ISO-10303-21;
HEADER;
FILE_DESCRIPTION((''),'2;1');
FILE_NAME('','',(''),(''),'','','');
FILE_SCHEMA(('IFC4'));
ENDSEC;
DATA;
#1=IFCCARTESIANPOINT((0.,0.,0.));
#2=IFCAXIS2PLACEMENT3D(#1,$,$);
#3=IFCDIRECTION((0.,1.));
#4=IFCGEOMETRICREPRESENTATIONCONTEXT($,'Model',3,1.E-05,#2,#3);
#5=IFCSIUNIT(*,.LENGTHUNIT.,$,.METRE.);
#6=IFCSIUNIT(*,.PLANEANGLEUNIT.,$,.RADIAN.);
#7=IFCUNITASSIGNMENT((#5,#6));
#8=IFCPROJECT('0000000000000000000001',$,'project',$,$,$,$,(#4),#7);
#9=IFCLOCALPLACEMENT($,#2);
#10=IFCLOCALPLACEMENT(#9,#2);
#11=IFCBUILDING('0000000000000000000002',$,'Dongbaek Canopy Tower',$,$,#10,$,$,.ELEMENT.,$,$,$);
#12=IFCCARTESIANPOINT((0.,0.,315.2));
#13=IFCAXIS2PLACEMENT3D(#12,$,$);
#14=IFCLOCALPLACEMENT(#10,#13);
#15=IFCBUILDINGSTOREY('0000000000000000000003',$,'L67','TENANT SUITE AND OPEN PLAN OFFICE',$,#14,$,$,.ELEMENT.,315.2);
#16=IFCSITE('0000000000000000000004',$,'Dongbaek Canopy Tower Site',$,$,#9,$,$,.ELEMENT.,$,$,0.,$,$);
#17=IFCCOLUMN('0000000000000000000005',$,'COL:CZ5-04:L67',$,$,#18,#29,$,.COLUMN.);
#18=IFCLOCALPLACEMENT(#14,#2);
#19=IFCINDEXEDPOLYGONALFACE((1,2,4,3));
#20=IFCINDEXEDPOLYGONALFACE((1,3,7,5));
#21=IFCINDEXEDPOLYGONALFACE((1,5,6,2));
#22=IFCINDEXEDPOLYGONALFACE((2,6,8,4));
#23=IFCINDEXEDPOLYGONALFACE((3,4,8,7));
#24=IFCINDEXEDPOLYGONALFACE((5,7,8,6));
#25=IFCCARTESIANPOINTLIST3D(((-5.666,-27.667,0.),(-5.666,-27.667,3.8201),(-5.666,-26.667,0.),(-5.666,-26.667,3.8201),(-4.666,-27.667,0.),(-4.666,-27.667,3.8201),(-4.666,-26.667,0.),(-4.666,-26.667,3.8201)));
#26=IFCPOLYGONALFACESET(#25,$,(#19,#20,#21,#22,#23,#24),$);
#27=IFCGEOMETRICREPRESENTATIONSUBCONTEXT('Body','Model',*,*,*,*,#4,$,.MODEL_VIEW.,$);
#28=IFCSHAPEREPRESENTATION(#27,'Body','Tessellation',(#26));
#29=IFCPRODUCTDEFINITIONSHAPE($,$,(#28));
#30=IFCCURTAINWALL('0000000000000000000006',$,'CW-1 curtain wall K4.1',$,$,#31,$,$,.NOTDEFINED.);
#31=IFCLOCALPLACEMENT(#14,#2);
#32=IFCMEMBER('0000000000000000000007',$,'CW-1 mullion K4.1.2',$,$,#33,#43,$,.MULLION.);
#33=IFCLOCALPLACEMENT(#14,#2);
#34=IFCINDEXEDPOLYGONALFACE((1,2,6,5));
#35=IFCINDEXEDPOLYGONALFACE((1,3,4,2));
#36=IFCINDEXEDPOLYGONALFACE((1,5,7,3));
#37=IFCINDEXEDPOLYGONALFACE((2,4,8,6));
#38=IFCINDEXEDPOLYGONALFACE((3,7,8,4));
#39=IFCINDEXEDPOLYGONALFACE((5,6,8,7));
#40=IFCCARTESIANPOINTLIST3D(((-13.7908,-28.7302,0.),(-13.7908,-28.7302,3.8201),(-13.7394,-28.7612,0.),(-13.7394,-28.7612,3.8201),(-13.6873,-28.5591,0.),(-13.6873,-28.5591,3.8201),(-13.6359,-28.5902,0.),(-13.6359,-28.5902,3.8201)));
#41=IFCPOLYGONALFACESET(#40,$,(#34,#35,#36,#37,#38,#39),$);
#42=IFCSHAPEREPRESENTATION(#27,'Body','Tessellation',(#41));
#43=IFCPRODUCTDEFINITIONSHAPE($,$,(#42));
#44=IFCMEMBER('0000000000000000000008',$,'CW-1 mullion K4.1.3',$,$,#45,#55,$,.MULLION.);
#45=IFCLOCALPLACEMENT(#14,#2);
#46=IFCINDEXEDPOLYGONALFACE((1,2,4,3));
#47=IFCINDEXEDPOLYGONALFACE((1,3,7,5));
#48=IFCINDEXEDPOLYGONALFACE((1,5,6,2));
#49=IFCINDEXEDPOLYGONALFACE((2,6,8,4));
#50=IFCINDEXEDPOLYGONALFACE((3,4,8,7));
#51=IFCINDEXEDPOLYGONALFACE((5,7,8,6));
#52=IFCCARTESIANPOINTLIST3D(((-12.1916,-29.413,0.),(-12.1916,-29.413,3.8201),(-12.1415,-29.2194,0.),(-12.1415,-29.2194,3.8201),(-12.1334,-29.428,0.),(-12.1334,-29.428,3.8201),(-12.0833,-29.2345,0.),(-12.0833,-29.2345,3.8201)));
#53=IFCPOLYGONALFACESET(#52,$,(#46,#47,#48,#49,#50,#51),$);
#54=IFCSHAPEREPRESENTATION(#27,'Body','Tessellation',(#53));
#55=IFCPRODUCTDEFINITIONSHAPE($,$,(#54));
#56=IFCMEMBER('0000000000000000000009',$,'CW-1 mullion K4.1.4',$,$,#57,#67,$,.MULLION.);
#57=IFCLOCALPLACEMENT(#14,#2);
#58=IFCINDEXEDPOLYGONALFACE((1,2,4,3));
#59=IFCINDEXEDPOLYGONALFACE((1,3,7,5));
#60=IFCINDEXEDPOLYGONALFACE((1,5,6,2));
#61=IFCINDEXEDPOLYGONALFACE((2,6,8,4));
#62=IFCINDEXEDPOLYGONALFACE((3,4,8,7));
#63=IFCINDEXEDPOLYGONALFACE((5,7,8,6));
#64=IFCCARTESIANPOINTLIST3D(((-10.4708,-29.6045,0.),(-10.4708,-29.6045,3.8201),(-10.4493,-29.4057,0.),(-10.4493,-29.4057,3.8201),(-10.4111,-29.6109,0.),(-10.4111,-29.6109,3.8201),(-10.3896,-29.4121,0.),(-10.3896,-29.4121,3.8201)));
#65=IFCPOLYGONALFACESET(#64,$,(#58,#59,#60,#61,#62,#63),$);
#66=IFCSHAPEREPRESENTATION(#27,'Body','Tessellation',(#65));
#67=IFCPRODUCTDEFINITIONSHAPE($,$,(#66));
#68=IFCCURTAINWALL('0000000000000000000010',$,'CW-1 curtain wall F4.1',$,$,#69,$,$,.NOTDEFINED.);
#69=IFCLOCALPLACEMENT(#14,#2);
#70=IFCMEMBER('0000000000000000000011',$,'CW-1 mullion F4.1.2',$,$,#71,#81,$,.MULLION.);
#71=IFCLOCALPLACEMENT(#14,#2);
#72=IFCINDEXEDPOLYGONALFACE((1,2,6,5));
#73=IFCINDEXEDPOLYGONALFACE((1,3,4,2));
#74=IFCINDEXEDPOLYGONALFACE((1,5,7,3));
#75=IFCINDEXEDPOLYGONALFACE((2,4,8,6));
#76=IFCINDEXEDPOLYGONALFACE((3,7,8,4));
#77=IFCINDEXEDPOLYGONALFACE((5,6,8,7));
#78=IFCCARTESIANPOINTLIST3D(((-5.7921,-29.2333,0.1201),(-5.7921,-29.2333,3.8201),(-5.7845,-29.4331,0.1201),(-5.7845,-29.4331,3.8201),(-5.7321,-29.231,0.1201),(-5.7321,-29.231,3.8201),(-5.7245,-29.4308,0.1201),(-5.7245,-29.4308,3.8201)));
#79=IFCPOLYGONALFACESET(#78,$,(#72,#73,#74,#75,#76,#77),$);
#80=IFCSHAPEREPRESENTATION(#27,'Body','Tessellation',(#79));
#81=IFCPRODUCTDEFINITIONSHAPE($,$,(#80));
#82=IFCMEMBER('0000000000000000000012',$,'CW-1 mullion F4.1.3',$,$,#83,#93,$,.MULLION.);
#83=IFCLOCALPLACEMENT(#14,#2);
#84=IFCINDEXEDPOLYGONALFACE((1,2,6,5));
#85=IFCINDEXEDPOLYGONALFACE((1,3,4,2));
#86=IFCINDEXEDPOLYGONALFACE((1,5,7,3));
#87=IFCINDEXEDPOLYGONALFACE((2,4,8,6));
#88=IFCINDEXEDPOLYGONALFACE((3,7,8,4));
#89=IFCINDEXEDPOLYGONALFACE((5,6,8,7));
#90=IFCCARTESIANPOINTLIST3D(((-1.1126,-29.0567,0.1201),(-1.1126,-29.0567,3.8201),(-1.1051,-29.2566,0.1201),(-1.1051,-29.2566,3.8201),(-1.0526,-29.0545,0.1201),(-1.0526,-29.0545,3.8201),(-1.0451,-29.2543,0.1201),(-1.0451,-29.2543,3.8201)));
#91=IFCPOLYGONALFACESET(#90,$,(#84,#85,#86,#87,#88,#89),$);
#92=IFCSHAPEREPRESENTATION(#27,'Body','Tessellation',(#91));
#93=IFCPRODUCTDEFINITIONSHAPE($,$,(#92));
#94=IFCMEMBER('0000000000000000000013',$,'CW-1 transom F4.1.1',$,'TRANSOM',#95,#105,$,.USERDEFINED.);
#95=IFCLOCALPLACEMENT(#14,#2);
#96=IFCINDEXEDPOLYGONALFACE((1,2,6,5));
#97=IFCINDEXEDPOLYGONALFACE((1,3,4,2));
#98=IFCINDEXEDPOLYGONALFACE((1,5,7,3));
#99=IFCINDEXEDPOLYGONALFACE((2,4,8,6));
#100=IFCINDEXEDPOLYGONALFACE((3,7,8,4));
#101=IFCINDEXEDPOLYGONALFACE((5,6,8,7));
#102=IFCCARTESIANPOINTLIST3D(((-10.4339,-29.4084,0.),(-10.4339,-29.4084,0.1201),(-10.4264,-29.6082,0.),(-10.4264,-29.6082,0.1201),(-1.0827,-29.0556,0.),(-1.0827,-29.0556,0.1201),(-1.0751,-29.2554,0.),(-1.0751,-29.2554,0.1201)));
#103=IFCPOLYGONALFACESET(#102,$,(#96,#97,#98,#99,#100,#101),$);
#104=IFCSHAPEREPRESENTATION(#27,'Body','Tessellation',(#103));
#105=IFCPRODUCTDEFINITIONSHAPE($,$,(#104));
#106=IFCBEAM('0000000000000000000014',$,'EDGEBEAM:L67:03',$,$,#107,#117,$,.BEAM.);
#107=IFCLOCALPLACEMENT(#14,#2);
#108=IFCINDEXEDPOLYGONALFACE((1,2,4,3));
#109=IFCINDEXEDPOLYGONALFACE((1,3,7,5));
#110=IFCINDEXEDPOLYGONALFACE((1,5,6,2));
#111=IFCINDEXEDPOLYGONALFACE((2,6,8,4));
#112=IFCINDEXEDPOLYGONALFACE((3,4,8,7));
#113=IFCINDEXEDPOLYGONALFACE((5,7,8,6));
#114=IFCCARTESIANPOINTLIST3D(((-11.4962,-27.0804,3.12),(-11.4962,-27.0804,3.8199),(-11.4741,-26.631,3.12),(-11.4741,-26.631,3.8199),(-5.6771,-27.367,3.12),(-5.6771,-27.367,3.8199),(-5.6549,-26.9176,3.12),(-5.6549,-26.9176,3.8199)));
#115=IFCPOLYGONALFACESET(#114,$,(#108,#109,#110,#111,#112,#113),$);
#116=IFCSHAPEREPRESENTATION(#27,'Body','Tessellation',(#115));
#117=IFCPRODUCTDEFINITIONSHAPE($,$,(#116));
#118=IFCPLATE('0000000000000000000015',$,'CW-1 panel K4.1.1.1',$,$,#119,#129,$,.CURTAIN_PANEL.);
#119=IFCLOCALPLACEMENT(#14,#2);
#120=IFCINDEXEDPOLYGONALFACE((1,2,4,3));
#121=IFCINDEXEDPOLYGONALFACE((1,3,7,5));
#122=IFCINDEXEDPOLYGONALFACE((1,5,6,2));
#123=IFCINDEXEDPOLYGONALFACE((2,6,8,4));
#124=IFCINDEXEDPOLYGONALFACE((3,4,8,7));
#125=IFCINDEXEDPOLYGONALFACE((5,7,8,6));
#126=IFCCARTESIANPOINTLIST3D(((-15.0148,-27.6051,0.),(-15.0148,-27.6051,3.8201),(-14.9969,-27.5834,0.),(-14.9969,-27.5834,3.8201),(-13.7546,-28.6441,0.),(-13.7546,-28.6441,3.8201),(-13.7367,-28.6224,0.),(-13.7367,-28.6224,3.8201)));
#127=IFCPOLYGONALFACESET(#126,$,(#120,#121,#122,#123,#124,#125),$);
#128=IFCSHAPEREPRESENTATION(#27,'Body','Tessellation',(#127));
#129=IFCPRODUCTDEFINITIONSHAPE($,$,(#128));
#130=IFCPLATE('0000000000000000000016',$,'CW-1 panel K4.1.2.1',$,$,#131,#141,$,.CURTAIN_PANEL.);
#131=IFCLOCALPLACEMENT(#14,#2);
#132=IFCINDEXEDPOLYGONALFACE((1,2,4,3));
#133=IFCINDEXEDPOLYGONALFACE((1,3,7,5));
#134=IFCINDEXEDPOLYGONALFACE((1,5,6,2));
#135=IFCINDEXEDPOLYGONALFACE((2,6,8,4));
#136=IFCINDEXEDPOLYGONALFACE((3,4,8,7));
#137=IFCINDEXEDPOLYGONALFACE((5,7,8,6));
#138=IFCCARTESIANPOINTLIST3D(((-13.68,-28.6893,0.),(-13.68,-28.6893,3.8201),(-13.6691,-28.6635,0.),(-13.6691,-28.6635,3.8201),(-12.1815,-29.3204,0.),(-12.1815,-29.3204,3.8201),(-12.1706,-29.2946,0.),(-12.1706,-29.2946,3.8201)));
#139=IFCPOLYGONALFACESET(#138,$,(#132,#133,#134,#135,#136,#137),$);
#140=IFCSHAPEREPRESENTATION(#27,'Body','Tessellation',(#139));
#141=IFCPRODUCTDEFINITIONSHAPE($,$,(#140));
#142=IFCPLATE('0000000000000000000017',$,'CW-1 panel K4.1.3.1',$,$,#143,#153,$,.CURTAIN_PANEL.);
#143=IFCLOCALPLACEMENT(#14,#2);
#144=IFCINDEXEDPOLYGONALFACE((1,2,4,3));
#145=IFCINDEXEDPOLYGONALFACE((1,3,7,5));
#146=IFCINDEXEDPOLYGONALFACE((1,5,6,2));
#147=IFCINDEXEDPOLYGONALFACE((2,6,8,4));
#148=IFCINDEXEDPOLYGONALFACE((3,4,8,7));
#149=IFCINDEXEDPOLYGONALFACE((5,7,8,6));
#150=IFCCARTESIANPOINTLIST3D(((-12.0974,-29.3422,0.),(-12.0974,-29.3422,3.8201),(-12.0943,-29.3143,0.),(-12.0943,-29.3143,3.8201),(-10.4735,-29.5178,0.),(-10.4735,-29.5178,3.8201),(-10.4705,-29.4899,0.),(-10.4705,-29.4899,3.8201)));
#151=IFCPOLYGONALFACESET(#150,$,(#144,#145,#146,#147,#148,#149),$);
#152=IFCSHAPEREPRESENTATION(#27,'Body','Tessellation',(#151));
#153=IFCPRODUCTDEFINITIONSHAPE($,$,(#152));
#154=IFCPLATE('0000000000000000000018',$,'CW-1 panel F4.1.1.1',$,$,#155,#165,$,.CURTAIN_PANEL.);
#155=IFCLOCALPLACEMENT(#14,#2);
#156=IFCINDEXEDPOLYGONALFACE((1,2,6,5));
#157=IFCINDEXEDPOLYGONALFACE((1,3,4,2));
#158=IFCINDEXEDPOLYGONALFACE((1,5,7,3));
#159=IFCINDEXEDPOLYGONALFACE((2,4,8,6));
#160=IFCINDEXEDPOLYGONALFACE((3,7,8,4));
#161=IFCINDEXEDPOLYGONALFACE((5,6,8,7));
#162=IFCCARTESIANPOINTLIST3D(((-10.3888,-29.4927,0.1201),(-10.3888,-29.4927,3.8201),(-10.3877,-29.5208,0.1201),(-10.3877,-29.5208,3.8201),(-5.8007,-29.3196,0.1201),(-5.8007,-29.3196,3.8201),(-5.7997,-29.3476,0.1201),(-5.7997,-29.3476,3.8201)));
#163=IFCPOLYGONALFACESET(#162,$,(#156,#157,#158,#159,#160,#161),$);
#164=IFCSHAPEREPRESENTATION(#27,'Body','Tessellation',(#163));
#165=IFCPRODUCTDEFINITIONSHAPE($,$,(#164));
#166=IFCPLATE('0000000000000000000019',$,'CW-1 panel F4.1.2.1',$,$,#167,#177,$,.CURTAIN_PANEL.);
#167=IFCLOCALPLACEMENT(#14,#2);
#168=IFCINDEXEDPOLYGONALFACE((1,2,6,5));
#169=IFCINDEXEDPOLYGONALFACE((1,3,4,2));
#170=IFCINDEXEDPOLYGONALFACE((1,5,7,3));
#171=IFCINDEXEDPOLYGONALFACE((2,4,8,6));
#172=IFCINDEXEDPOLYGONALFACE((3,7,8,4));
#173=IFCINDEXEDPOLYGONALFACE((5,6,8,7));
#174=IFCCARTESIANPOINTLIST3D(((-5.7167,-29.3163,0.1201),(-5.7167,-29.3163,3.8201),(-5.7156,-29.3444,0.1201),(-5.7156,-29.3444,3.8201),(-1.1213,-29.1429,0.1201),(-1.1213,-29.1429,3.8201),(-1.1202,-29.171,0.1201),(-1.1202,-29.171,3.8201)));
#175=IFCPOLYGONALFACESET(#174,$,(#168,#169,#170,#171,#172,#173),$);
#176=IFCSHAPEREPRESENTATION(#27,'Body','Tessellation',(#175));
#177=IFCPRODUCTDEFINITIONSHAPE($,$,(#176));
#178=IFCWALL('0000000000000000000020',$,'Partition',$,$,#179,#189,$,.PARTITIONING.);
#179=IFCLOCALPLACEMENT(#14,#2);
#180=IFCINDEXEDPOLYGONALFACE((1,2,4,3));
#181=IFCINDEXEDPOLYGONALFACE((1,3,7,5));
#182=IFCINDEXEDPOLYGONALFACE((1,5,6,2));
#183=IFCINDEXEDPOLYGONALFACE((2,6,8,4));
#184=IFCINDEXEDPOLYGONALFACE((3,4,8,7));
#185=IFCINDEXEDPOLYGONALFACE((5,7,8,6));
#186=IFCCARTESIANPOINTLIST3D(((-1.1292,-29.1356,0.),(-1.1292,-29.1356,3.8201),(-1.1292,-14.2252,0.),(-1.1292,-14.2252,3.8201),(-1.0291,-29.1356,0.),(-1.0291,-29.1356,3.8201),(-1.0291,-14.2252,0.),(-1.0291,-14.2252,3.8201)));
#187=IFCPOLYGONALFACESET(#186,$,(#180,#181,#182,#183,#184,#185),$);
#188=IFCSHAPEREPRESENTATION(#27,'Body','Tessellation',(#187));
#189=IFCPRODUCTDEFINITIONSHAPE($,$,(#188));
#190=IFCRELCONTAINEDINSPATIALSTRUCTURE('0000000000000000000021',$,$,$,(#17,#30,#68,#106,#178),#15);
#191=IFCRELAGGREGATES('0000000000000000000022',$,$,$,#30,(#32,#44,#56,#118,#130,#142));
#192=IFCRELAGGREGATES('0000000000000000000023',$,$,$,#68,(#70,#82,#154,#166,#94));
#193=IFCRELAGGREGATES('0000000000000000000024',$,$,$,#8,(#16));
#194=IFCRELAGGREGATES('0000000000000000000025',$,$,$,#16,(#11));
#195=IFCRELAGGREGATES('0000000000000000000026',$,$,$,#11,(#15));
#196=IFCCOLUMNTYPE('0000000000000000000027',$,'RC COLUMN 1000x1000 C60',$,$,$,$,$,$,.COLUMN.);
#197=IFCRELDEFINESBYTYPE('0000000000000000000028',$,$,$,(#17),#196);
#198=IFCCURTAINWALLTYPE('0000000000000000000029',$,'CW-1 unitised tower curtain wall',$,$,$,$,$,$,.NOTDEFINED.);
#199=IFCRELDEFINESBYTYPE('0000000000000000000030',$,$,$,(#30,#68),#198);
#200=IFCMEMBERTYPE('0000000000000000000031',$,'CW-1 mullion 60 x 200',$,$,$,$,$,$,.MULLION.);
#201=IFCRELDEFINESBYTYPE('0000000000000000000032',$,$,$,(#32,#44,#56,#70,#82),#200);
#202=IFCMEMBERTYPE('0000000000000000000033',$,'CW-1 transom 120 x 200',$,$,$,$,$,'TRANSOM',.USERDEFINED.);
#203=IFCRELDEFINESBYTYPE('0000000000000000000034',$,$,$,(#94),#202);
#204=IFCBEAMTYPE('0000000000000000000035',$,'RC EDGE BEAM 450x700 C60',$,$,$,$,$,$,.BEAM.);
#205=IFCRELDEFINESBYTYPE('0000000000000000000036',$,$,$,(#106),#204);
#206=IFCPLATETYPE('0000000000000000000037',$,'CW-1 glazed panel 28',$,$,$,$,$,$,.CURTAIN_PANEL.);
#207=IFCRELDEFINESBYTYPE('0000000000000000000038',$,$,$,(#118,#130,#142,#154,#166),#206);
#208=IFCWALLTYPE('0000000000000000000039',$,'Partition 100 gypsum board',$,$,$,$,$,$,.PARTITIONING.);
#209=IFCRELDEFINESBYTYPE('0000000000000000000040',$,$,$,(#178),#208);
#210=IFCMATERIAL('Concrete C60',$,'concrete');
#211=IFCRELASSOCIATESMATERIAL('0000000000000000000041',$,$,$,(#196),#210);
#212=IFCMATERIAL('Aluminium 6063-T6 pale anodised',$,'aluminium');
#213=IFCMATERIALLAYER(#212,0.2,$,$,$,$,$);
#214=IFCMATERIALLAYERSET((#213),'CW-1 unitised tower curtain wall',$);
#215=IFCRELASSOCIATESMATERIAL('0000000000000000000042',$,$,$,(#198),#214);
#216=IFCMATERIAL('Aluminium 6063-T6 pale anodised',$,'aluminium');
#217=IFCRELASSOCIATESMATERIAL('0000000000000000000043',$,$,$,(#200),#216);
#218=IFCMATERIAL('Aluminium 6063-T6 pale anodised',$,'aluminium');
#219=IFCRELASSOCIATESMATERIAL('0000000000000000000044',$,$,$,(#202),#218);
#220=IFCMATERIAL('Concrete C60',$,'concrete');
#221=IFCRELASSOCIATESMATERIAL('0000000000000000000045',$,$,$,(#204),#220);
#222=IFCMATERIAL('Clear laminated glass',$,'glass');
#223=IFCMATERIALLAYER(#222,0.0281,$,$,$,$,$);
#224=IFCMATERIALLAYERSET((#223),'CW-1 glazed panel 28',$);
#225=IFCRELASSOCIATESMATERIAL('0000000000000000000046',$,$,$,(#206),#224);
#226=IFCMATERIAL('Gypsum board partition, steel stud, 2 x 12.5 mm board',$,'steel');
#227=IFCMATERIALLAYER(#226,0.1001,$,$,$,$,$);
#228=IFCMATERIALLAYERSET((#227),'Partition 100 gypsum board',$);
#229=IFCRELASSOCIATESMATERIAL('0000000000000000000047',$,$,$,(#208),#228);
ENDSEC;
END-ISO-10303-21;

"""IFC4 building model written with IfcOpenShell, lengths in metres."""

from ifc_helpers import new_model, si_unit, direction, frame, frame_2d, origin, origin_2d, place, context, subcontext, project, spatial, rectangle, extrude, material, layer, layer_set, material_profile, profile_set, type_object, element, aggregate, save


model = new_model("IFC4")

# Units and contexts
model_context = context("Model", 3, precision=1e-05, world=origin(), true_north=direction((0.0, 1.0)))
body_context = subcontext(model_context, "Body", "Model", "MODEL_VIEW")
ifc_project = project(units=[si_unit("LENGTHUNIT", "METRE"), si_unit("PLANEANGLEUNIT", "RADIAN")], contexts=[model_context])

# Site, building, storey
site_placement = place(None, origin())
site = spatial("IfcSite", under=ifc_project, at=site_placement, Name="Dongbaek Canopy Tower Site", CompositionType="ELEMENT", RefElevation=0.0)
building_placement = place(site_placement, origin())
building = spatial("IfcBuilding", under=site, at=building_placement, Name="Dongbaek Canopy Tower", CompositionType="ELEMENT")
storey_placement = place(building_placement, frame((0.0, 0.0, 315.2)))
storey = spatial("IfcBuildingStorey", under=building, at=storey_placement, Name="L67", Description="TENANT SUITE AND OPEN PLAN OFFICE", CompositionType="ELEMENT", Elevation=315.2)

# Column
ifc_material_1 = material(Name="Concrete C60", Category="concrete")
ifc_material_profile_1 = material_profile(ifc_material_1, rectangle(XDim=1.0, YDim=1.0, at=origin_2d()), Name="RC COLUMN 1000x1000 C60")
ifc_profile_set_1 = profile_set([ifc_material_profile_1], Name="Concrete C60")
column_type = type_object("IfcColumnType", Name="RC COLUMN 1000x1000 C60", PredefinedType="COLUMN", material=ifc_profile_set_1)
column_placement = place(storey_placement, frame((-5.166, -27.167, 0.0), z_axis=(0.0, 0.0, 1.0), x_axis=(1.0, 0.0, 0.0)))
element("IfcColumn", 1, at=column_placement, inside=storey, type_object=column_type, Name="COL:CZ5-04:L67", PredefinedType="COLUMN", context=body_context, shape_type="SweptSolid", body=[
    extrude(rectangle(XDim=1.0, YDim=1.0, at=origin_2d()), origin(), (0.0, 0.0, 1.0), 3.8201),
])

# Curtain walls, members
ifc_material_2 = material(Name="Aluminium 6063-T6 pale anodised", Category="aluminium")
ifc_layer_1 = layer(ifc_material_2, 0.2)
ifc_layer_set_1 = layer_set([ifc_layer_1], Name="CW-1 unitised tower curtain wall")
curtain_wall_type = type_object("IfcCurtainWallType", Name="CW-1 unitised tower curtain wall", PredefinedType="NOTDEFINED", material=ifc_layer_set_1)
curtain_wall_1_placement = place(storey_placement, origin())
curtain_wall_1 = element("IfcCurtainWall", 2, at=curtain_wall_1_placement, inside=storey, type_object=curtain_wall_type, Name="CW-1 curtain wall K4.1", PredefinedType="NOTDEFINED")
ifc_material_3 = material(Name="Aluminium 6063-T6 pale anodised", Category="aluminium")
ifc_material_profile_2 = material_profile(ifc_material_3, rectangle(XDim=0.2, YDim=0.0601, at=origin_2d()), Name="CW-1 mullion 60 x 200")
ifc_profile_set_2 = profile_set([ifc_material_profile_2], Name="Aluminium 6063-T6 pale anodised")
member_type_1 = type_object("IfcMemberType", Name="CW-1 mullion 60 x 200", PredefinedType="MULLION", material=ifc_profile_set_2)
member_1_placement = place(storey_placement, frame((-13.7134, -28.6602, 0.0), z_axis=(0.0, 0.0, 1.0), x_axis=(-0.517606, -0.855619, 0.0)))
member_1 = element("IfcMember", 3, at=member_1_placement, type_object=member_type_1, Name="CW-1 mullion K4.1.2", PredefinedType="MULLION", context=body_context, shape_type="SweptSolid", body=[
    extrude(rectangle(XDim=0.2, YDim=0.0601, at=origin_2d()), origin(), (0.0, 0.0, 1.0), 3.8201),
])
member_2_placement = place(storey_placement, frame((-12.1375, -29.3237, 0.0), z_axis=(0.0, 0.0, 1.0), x_axis=(-0.250469, -0.968125, 0.0)))
member_2 = element("IfcMember", 4, at=member_2_placement, type_object=member_type_1, Name="CW-1 mullion K4.1.3", PredefinedType="MULLION", context=body_context, shape_type="SweptSolid", body=[
    extrude(rectangle(XDim=0.2, YDim=0.0601, at=origin_2d()), origin(), (0.0, 0.0, 1.0), 3.8201),
])
member_3_placement = place(storey_placement, frame((-10.4302, -29.5083, 0.0), z_axis=(0.0, 0.0, 1.0), x_axis=(-0.107514, -0.994204, 0.0)))
member_3 = element("IfcMember", 5, at=member_3_placement, type_object=member_type_1, Name="CW-1 mullion K4.1.4", PredefinedType="MULLION", context=body_context, shape_type="SweptSolid", body=[
    extrude(rectangle(XDim=0.2, YDim=0.0601, at=origin_2d()), origin(), (0.0, 0.0, 1.0), 3.8201),
])
curtain_wall_2_placement = place(storey_placement, origin())
curtain_wall_2 = element("IfcCurtainWall", 6, at=curtain_wall_2_placement, inside=storey, type_object=curtain_wall_type, Name="CW-1 curtain wall F4.1", PredefinedType="NOTDEFINED")
member_4_placement = place(storey_placement, frame((-5.7583, -29.332, 0.1201), z_axis=(0.0, 0.0, 1.0), x_axis=(0.037712, -0.999289, 0.0)))
member_4 = element("IfcMember", 7, at=member_4_placement, type_object=member_type_1, Name="CW-1 mullion F4.1.2", PredefinedType="MULLION", context=body_context, shape_type="SweptSolid", body=[
    extrude(rectangle(XDim=0.2, YDim=0.0601, at=origin_2d()), origin(), (0.0, 0.0, 1.0), 3.7),
])
member_5_placement = place(storey_placement, frame((-1.0789, -29.1555, 0.1201), z_axis=(0.0, 0.0, 1.0), x_axis=(0.037712, -0.999289, 0.0)))
member_5 = element("IfcMember", 8, at=member_5_placement, type_object=member_type_1, Name="CW-1 mullion F4.1.3", PredefinedType="MULLION", context=body_context, shape_type="SweptSolid", body=[
    extrude(rectangle(XDim=0.2, YDim=0.0601, at=origin_2d()), origin(), (0.0, 0.0, 1.0), 3.7),
])
ifc_material_4 = material(Name="Aluminium 6063-T6 pale anodised", Category="aluminium")
ifc_material_profile_3 = material_profile(ifc_material_4, rectangle(XDim=0.2, YDim=0.1201, at=origin_2d()), Name="CW-1 transom 120 x 200")
ifc_profile_set_3 = profile_set([ifc_material_profile_3], Name="Aluminium 6063-T6 pale anodised")
member_type_2 = type_object("IfcMemberType", Name="CW-1 transom 120 x 200", ElementType="TRANSOM", PredefinedType="USERDEFINED", material=ifc_profile_set_3)
member_6_placement = place(storey_placement, frame((-10.4302, -29.5083, 0.0601), z_axis=(0.999289, 0.037699, 0.0), x_axis=(-0.037699, 0.999289, 0.0)))
member_6 = element("IfcMember", 9, at=member_6_placement, type_object=member_type_2, Name="CW-1 transom F4.1.1", ObjectType="TRANSOM", PredefinedType="USERDEFINED", context=body_context, shape_type="SweptSolid", body=[
    extrude(rectangle(XDim=0.2, YDim=0.1201, at=origin_2d()), origin(), (0.0, 0.0, 1.0), 9.3579),
])

# Beam
ifc_material_5 = material(Name="Concrete C60", Category="concrete")
ifc_material_profile_4 = material_profile(ifc_material_5, rectangle(XDim=0.45, YDim=0.7, at=origin_2d()), Name="RC EDGE BEAM 450x700 C60")
ifc_profile_set_4 = profile_set([ifc_material_profile_4], Name="Concrete C60")
beam_type = type_object("IfcBeamType", Name="RC EDGE BEAM 450x700 C60", PredefinedType="BEAM", material=ifc_profile_set_4)
beam_placement = place(storey_placement, frame((-5.666, -27.1423, 3.47), z_axis=(-0.998789, 0.049196, 0.0), x_axis=(-0.049196, -0.998789, 0.0)))
element("IfcBeam", 10, at=beam_placement, inside=storey, type_object=beam_type, Name="EDGEBEAM:L67:03", PredefinedType="BEAM", context=body_context, shape_type="SweptSolid", body=[
    extrude(rectangle(XDim=0.45, YDim=0.7, at=origin_2d()), origin(), (0.0, 0.0, 1.0), 5.8262),
])

# Plates
ifc_material_6 = material(Name="Clear laminated glass", Category="glass")
ifc_layer_2 = layer(ifc_material_6, 0.0281)
ifc_layer_set_2 = layer_set([ifc_layer_2], Name="CW-1 glazed panel 28")
plate_type = type_object("IfcPlateType", Name="CW-1 glazed panel 28", PredefinedType="CURTAIN_PANEL", material=ifc_layer_set_2)
plate_1_placement = place(storey_placement, frame((-14.3757, -28.1138, 0.0), z_axis=(0.0, 0.0, 1.0), x_axis=(0.771568, -0.636147, 0.0)))
plate_1 = element("IfcPlate", 11, at=plate_1_placement, type_object=plate_type, Name="CW-1 panel K4.1.1.1", PredefinedType="CURTAIN_PANEL", context=body_context, shape_type="SweptSolid", body=[
    extrude(rectangle(XDim=1.6333, YDim=0.0281, at=origin_2d()), origin(), (0.0, 0.0, 1.0), 3.8201),
])
plate_2_placement = place(storey_placement, frame((-12.9253, -28.9919, 0.0), z_axis=(0.0, 0.0, 1.0), x_axis=(0.921602, -0.388136, 0.0)))
plate_2 = element("IfcPlate", 12, at=plate_2_placement, type_object=plate_type, Name="CW-1 panel K4.1.2.1", PredefinedType="CURTAIN_PANEL", context=body_context, shape_type="SweptSolid", body=[
    extrude(rectangle(XDim=1.626, YDim=0.0281, at=origin_2d()), origin(), (0.0, 0.0, 1.0), 3.8201),
])
plate_3_placement = place(storey_placement, frame((-11.2839, -29.416, 0.0), z_axis=(0.0, 0.0, 1.0), x_axis=(0.994204, -0.107514, 0.0)))
plate_3 = element("IfcPlate", 13, at=plate_3_placement, type_object=plate_type, Name="CW-1 panel K4.1.3.1", PredefinedType="CURTAIN_PANEL", context=body_context, shape_type="SweptSolid", body=[
    extrude(rectangle(XDim=1.6333, YDim=0.0281, at=origin_2d()), origin(), (0.0, 0.0, 1.0), 3.8201),
])
aggregate(curtain_wall_1, [member_1, member_2, member_3, plate_1, plate_2, plate_3])
plate_4_placement = place(storey_placement, frame((-8.0942, -29.4202, 0.1201), z_axis=(0.0, 0.0, 1.0), x_axis=(0.999289, 0.037712, 0.0)))
plate_4 = element("IfcPlate", 14, at=plate_4_placement, type_object=plate_type, Name="CW-1 panel F4.1.1.1", PredefinedType="CURTAIN_PANEL", context=body_context, shape_type="SweptSolid", body=[
    extrude(rectangle(XDim=4.5913, YDim=0.0281, at=origin_2d()), origin(), (0.0, 0.0, 1.0), 3.7),
])
plate_5_placement = place(storey_placement, frame((-3.4185, -29.2437, 0.1201), z_axis=(0.0, 0.0, 1.0), x_axis=(0.999289, 0.037712, 0.0)))
plate_5 = element("IfcPlate", 15, at=plate_5_placement, type_object=plate_type, Name="CW-1 panel F4.1.2.1", PredefinedType="CURTAIN_PANEL", context=body_context, shape_type="SweptSolid", body=[
    extrude(rectangle(XDim=4.5986, YDim=0.0281, at=origin_2d()), origin(), (0.0, 0.0, 1.0), 3.7),
])

# Wall
ifc_material_7 = material(Name="Gypsum board partition, steel stud, 2 x 12.5 mm board", Category="steel")
ifc_layer_3 = layer(ifc_material_7, 0.1001)
ifc_layer_set_3 = layer_set([ifc_layer_3], Name="Partition 100 gypsum board")
wall_type_1 = type_object("IfcWallType", Name="Partition 100 gypsum board", PredefinedType="PARTITIONING", material=ifc_layer_set_3)
wall_1_placement = place(storey_placement, frame((-1.0791, -29.1355, 0.0), z_axis=(0.0, 0.0, 1.0), x_axis=(0.0, 1.0, 0.0)))
element("IfcWall", 16, at=wall_1_placement, inside=storey, type_object=wall_type_1, Name="Partition", PredefinedType="PARTITIONING", context=body_context, shape_type="SweptSolid", body=[
    extrude(rectangle(XDim=14.9104, YDim=0.1001, at=frame_2d((7.4551, 0.0))), origin(), (0.0, 0.0, 1.0), 3.8201),
])

aggregate(curtain_wall_2, [member_4, member_5, plate_4, plate_5, member_6])

save(model, "model.ifc")
